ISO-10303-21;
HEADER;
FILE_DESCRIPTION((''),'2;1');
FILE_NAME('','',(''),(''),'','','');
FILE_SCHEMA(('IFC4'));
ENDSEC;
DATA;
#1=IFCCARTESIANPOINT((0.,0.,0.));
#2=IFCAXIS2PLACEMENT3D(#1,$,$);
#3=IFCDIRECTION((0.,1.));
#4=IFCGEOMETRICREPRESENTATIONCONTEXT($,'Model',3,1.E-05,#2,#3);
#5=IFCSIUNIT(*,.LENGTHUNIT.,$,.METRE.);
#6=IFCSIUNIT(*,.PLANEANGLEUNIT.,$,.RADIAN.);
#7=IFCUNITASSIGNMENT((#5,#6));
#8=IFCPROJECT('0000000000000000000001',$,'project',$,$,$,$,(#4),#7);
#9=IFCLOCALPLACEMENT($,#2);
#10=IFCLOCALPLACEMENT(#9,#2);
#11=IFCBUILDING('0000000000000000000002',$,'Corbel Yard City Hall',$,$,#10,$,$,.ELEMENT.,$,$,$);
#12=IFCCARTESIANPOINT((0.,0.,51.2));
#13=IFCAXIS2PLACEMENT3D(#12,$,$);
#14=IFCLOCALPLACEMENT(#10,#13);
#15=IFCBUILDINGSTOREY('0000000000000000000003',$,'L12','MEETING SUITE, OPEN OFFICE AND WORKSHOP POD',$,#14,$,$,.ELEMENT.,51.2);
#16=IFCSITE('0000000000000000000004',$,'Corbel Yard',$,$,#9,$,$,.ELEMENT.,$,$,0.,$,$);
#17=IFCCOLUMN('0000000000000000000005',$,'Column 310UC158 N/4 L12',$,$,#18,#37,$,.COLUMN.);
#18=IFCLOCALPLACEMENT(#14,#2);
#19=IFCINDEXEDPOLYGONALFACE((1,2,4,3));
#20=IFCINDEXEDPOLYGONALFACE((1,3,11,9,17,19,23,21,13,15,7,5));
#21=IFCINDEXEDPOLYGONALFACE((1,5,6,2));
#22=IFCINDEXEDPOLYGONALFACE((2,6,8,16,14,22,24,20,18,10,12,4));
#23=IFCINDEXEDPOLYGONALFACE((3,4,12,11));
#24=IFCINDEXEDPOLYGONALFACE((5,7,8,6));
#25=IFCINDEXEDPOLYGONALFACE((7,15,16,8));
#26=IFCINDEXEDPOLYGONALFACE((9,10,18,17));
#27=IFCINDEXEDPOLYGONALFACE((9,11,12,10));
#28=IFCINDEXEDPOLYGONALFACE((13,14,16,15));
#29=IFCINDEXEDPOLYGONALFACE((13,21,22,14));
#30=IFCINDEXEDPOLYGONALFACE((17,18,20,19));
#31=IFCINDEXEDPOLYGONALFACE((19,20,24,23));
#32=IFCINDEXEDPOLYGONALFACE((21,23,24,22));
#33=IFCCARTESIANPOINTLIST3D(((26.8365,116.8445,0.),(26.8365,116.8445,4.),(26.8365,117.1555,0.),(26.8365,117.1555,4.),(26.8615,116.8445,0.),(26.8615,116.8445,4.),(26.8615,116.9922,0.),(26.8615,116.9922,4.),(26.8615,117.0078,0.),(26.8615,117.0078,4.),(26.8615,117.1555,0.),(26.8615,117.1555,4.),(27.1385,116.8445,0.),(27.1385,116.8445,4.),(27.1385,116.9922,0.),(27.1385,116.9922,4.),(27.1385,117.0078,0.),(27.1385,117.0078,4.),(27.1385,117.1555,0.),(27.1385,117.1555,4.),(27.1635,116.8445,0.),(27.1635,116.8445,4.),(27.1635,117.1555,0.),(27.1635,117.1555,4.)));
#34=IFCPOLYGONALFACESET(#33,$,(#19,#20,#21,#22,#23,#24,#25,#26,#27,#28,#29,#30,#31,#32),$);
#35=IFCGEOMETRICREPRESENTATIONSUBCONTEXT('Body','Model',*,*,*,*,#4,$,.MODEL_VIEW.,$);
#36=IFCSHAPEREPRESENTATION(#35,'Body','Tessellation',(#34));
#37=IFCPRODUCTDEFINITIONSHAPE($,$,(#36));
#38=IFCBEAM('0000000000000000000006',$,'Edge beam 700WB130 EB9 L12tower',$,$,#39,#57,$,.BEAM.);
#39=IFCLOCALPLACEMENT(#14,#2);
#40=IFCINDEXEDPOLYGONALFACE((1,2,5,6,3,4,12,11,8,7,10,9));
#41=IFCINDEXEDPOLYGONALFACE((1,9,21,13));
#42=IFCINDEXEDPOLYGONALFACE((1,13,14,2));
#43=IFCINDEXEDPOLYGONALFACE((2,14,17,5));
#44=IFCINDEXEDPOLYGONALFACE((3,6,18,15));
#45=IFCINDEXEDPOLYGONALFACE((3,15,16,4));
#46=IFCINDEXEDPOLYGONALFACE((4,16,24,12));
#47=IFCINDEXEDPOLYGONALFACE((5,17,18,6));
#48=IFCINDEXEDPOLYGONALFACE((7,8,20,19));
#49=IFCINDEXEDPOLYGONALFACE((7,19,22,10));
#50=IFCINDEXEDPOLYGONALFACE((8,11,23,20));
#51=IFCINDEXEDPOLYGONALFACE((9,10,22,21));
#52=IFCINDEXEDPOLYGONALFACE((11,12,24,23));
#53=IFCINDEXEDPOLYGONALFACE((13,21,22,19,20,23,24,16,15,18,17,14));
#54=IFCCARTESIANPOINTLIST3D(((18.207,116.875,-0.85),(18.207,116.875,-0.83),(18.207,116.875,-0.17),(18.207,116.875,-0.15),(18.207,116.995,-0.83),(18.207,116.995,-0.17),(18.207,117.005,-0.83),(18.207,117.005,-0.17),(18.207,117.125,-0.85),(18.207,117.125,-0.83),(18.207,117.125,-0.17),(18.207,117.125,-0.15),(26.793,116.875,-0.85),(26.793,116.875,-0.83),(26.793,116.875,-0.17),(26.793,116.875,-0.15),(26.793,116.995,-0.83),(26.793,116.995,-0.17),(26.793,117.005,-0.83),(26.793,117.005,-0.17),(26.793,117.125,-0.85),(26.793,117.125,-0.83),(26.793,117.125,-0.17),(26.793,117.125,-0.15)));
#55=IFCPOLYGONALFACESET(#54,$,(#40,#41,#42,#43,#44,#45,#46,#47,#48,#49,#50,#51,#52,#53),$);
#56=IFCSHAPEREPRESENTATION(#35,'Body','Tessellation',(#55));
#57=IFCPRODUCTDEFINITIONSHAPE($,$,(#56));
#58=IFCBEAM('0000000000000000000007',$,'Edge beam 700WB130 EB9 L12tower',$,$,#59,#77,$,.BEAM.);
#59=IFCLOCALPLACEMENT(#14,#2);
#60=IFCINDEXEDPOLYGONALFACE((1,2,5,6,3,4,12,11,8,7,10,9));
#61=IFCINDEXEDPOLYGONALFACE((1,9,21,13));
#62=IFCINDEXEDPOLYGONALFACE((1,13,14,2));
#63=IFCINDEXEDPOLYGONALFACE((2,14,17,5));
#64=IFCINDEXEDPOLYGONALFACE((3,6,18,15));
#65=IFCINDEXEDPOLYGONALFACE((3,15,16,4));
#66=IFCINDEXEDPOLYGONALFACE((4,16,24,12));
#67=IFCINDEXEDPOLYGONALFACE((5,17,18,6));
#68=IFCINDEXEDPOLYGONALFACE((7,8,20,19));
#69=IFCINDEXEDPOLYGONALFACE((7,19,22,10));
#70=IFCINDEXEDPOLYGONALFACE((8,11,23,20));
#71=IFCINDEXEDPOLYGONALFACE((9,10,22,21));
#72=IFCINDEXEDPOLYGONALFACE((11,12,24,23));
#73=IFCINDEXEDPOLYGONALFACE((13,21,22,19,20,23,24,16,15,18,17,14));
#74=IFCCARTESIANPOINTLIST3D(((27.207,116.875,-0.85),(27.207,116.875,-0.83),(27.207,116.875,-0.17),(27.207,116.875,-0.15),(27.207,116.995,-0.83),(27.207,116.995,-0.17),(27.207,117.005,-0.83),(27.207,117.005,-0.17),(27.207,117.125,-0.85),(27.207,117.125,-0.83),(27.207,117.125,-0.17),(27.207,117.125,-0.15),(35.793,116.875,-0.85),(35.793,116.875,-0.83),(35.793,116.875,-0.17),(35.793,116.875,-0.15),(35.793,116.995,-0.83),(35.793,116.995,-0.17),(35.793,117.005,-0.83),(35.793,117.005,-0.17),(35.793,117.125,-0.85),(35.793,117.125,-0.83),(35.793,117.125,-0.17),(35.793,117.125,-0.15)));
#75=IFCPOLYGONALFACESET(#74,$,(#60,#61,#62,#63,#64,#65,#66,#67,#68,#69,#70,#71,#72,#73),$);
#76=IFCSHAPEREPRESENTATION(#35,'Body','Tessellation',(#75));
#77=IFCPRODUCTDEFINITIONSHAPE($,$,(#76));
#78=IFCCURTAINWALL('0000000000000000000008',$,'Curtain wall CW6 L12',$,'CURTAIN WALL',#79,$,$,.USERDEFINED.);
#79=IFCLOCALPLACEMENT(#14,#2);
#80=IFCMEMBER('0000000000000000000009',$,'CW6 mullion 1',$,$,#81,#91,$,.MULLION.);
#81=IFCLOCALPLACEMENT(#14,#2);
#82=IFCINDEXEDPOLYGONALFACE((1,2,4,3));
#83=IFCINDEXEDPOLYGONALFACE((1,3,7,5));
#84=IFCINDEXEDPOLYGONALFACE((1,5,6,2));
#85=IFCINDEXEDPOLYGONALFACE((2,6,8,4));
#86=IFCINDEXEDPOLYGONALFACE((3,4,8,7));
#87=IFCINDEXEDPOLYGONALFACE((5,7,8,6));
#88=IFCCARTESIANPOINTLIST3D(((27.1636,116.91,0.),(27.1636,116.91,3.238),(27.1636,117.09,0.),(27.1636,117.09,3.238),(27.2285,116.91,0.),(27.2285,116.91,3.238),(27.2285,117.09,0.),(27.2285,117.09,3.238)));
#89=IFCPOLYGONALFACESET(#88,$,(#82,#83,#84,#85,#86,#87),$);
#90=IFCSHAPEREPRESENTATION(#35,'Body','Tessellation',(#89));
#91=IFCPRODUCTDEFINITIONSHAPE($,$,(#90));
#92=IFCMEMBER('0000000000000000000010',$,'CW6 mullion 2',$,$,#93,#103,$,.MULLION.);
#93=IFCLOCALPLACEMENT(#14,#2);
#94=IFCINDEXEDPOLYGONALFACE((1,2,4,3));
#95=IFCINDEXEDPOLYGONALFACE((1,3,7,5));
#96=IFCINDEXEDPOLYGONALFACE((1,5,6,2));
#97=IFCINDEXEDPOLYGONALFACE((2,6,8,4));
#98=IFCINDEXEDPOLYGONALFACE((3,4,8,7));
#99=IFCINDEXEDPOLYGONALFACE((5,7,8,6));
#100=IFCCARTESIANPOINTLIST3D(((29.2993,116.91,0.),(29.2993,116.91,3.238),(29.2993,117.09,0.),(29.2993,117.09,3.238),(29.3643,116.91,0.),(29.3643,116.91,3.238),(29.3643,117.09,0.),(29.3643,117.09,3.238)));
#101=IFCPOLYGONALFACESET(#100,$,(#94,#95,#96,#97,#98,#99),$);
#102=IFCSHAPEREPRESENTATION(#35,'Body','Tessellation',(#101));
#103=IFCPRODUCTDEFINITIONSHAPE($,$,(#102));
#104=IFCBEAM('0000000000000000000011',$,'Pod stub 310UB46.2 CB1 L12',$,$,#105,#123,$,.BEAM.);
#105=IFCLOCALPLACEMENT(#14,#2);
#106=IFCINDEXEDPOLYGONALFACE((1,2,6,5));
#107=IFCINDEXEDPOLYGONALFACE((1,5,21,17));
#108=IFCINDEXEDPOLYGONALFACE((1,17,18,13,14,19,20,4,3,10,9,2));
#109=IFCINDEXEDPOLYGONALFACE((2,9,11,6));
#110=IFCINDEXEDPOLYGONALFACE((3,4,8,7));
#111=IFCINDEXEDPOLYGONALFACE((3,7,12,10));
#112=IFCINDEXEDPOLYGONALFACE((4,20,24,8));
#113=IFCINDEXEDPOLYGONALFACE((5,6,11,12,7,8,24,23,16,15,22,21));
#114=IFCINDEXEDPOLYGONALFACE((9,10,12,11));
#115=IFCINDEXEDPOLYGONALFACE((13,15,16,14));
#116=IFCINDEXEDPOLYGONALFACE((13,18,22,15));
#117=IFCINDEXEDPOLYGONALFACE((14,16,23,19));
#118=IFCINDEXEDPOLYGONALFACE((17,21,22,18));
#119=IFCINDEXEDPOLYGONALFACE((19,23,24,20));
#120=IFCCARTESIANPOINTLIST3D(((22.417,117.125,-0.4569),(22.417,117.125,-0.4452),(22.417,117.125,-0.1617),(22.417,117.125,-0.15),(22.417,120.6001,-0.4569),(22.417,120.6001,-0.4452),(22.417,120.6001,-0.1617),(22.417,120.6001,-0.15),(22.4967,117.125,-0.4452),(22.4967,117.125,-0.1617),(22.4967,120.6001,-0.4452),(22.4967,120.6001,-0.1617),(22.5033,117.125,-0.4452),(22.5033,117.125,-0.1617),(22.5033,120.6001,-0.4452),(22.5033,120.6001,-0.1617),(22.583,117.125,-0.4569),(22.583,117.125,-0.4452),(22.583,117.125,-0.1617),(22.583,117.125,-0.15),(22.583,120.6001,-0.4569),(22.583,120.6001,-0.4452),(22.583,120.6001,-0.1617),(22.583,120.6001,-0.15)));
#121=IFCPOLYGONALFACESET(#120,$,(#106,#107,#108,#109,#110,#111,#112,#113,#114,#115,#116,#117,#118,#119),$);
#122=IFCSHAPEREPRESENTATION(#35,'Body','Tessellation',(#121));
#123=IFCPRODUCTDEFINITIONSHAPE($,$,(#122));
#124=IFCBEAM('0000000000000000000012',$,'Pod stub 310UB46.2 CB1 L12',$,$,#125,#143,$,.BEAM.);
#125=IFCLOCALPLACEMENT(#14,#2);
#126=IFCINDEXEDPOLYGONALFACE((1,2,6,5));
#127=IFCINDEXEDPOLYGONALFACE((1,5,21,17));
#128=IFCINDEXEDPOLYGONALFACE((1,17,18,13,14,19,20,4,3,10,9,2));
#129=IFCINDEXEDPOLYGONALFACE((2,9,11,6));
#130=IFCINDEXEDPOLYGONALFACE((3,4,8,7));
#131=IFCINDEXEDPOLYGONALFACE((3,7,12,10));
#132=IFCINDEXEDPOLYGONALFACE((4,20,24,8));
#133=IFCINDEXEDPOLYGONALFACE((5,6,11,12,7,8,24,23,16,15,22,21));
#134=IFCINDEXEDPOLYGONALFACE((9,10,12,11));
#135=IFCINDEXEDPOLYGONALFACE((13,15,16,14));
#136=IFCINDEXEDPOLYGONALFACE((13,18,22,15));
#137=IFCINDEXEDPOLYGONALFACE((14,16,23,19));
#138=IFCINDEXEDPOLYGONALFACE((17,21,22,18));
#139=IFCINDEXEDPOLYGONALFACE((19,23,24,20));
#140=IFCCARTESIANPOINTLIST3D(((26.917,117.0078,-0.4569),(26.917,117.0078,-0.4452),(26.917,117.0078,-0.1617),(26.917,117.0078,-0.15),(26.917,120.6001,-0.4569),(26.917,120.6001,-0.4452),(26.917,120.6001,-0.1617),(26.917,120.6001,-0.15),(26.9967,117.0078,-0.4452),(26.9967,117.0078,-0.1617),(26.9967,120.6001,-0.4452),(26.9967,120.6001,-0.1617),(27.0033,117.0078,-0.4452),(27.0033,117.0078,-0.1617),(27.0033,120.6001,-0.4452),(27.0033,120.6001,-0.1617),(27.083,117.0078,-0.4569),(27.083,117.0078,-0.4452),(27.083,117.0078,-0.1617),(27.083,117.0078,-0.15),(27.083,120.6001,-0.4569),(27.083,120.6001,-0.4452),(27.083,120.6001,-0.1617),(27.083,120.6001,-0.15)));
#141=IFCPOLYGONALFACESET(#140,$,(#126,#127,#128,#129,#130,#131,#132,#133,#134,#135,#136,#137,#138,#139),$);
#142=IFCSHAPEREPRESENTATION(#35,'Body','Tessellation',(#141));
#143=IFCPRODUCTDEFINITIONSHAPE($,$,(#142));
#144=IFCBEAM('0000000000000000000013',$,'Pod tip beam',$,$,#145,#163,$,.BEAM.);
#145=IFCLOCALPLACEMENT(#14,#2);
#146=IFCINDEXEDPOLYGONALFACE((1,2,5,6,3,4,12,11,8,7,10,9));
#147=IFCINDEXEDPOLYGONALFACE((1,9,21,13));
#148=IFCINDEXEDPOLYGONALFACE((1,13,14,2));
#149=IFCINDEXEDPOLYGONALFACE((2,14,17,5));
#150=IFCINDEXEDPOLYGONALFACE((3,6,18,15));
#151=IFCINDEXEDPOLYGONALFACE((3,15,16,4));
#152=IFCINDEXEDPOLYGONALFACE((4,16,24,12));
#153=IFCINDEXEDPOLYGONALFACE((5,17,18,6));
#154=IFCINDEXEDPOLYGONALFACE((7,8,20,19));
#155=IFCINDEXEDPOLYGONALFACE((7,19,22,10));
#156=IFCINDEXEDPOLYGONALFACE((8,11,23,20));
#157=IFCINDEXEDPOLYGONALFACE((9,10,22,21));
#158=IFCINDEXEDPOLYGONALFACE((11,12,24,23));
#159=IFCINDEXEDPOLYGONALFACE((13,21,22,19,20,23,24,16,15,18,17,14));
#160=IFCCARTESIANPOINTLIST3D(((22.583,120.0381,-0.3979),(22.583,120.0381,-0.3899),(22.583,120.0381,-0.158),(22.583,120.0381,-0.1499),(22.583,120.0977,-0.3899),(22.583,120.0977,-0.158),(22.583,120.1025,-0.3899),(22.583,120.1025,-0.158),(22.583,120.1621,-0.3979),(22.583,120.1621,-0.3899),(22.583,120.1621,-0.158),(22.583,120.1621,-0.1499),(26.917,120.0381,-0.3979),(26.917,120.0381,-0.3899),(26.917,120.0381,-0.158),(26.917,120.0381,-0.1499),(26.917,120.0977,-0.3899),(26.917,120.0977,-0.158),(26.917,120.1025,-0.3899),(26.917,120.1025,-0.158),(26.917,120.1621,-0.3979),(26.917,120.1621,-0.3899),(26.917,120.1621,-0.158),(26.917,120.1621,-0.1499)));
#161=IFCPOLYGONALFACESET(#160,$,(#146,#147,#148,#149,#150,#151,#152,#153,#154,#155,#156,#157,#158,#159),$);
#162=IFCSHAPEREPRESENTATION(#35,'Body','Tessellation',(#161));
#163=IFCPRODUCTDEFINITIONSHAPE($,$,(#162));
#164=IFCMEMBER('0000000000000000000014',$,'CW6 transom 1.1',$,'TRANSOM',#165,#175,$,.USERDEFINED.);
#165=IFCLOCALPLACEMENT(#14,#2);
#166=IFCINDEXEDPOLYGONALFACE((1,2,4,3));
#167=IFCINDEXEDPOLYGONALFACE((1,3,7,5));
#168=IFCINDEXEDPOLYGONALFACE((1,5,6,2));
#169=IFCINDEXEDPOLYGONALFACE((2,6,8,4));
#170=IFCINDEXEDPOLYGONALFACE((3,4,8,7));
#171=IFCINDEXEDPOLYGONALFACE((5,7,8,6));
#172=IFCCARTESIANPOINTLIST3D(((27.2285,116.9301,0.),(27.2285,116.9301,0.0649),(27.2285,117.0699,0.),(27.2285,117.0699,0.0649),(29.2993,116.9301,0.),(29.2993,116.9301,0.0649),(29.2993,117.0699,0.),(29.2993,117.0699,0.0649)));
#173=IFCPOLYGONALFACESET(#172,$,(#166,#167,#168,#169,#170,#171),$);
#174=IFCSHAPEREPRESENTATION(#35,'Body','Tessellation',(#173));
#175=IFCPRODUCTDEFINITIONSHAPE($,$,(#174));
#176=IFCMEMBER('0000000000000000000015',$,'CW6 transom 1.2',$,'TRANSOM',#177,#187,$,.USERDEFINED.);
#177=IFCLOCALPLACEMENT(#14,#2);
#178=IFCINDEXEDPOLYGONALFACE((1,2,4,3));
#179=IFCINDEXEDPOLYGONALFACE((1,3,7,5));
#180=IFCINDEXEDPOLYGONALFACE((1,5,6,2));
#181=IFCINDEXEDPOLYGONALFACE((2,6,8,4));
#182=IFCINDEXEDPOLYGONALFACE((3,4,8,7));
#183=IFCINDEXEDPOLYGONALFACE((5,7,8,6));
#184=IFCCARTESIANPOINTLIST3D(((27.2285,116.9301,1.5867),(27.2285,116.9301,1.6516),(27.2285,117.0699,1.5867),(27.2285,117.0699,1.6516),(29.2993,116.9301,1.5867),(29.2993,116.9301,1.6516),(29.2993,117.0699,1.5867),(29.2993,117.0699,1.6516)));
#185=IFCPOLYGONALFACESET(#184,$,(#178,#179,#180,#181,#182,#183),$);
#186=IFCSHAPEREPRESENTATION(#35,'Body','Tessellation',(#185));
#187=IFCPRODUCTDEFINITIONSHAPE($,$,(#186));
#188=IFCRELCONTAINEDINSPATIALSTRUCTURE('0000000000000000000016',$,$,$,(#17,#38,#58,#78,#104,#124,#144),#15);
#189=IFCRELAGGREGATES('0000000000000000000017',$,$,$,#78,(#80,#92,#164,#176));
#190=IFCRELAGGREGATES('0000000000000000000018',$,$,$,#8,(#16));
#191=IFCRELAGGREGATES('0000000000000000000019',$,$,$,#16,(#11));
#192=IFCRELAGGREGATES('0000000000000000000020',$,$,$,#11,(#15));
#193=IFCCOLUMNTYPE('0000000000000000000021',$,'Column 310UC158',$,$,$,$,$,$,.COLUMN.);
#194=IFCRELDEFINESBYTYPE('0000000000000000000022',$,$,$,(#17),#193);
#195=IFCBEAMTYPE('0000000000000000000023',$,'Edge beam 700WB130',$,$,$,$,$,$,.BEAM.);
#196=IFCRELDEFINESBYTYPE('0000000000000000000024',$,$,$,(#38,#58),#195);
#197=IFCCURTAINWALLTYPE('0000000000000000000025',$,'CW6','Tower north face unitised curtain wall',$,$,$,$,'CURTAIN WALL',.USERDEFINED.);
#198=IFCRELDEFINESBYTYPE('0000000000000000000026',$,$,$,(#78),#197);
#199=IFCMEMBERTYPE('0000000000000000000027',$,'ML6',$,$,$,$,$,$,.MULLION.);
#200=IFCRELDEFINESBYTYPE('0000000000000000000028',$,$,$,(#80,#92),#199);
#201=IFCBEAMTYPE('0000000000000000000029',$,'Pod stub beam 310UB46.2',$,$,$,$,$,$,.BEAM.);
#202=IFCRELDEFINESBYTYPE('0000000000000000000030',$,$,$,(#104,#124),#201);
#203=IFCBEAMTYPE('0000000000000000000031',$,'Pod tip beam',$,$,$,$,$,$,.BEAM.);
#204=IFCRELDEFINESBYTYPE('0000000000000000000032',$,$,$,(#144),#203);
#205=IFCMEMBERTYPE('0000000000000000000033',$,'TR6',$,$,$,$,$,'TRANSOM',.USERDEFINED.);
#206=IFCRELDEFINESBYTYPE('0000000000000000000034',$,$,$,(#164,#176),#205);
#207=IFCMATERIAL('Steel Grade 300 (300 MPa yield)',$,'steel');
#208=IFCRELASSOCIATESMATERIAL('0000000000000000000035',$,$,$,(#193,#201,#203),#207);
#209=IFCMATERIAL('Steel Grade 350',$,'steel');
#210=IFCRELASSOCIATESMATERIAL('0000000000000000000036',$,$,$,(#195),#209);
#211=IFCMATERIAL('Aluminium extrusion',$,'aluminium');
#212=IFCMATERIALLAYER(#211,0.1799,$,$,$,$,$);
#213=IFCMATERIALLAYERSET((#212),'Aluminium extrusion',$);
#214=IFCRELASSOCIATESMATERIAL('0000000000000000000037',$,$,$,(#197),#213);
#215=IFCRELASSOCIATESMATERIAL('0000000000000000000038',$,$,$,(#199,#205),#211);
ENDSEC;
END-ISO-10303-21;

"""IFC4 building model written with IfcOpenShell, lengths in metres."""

from ifc_helpers import new_model, si_unit, direction, frame, origin, origin_2d, place, context, subcontext, project, spatial, rectangle, i_section, extrude, material, layer, layer_set, material_profile, profile_set, type_object, element, aggregate, save


model = new_model("IFC4")

# Units and contexts
model_context = context("Model", 3, precision=1e-05, world=origin(), true_north=direction((0.0, 1.0)))
body_context = subcontext(model_context, "Body", "Model", "MODEL_VIEW")
ifc_project = project(units=[si_unit("LENGTHUNIT", "METRE"), si_unit("PLANEANGLEUNIT", "RADIAN")], contexts=[model_context])

# Site, building, storey
site_placement = place(None, origin())
site = spatial("IfcSite", under=ifc_project, at=site_placement, Name="Corbel Yard", CompositionType="ELEMENT", RefElevation=0.0)
building_placement = place(site_placement, origin())
building = spatial("IfcBuilding", under=site, at=building_placement, Name="Corbel Yard City Hall", CompositionType="ELEMENT")
storey_placement = place(building_placement, frame((0.0, 0.0, 51.2)))
storey = spatial("IfcBuildingStorey", under=building, at=storey_placement, Name="L12", Description="MEETING SUITE, OPEN OFFICE AND WORKSHOP POD", CompositionType="ELEMENT", Elevation=51.2)

# Column
ifc_material_1 = material(Name="Steel Grade 300 (300 MPa yield)", Category="steel")
ifc_material_profile_1 = material_profile(ifc_material_1, i_section(OverallWidth=0.311, OverallDepth=0.3269, WebThickness=0.0156, FlangeThickness=0.0249, at=origin_2d()), Name="310UC158")
ifc_profile_set_1 = profile_set([ifc_material_profile_1], Name="Steel Grade 300 (300 MPa yield)")
column_type = type_object("IfcColumnType", Name="Column 310UC158", PredefinedType="COLUMN", material=ifc_profile_set_1)
column_placement = place(storey_placement, frame((27.0, 117.0, 0.0), z_axis=(0.0, 0.0, 1.0), x_axis=(0.0, 1.0, 0.0)))
element("IfcColumn", 1, at=column_placement, inside=storey, type_object=column_type, Name="Column 310UC158 N/4 L12", PredefinedType="COLUMN", context=body_context, shape_type="SweptSolid", body=[
    extrude(i_section(OverallWidth=0.311, OverallDepth=0.3269, WebThickness=0.0156, FlangeThickness=0.0249, at=origin_2d()), origin(), (0.0, 0.0, 1.0), 4.0),
])

# Beams
ifc_material_2 = material(Name="Steel Grade 350", Category="steel")
ifc_material_profile_2 = material_profile(ifc_material_2, i_section(OverallWidth=0.25, OverallDepth=0.7, WebThickness=0.01, FlangeThickness=0.02, at=origin_2d()), Name="700WB130")
ifc_profile_set_2 = profile_set([ifc_material_profile_2], Name="Steel Grade 350")
beam_type_1 = type_object("IfcBeamType", Name="Edge beam 700WB130", PredefinedType="BEAM", material=ifc_profile_set_2)
for number, where, z_axis, x_axis, name in (
    (2, (18.207, 117.0, -0.5), (1.0, 0.0, 0.0), (0.0, 1.0, 0.0), "Edge beam 700WB130 EB9 L12tower"),
    (3, (27.207, 117.0, -0.5), (1.0, 0.0, 0.0), (0.0, 1.0, 0.0), "Edge beam 700WB130 EB9 L12tower"),
):
    element("IfcBeam", number, at=place(storey_placement, frame(where, z_axis=z_axis, x_axis=x_axis)), inside=storey, type_object=beam_type_1, Name=name, PredefinedType="BEAM", context=body_context, shape_type="SweptSolid", body=[
        extrude(i_section(OverallWidth=0.25, OverallDepth=0.7, WebThickness=0.01, FlangeThickness=0.02, at=origin_2d()), origin(), (0.0, 0.0, 1.0), 8.5859),
    ])

# Curtain wall, members
ifc_material_3 = material(Name="Aluminium extrusion", Category="aluminium")
ifc_layer_1 = layer(ifc_material_3, 0.1799)
ifc_layer_set_1 = layer_set([ifc_layer_1], Name="Aluminium extrusion")
curtain_wall_type = type_object("IfcCurtainWallType", Name="CW6", Description="Tower north face unitised curtain wall", ElementType="CURTAIN WALL", PredefinedType="USERDEFINED", material=ifc_layer_set_1)
curtain_wall_placement = place(storey_placement, origin())
curtain_wall = element("IfcCurtainWall", 4, at=curtain_wall_placement, inside=storey, type_object=curtain_wall_type, Name="Curtain wall CW6 L12", ObjectType="CURTAIN WALL", PredefinedType="USERDEFINED")
ifc_material_profile_3 = material_profile(ifc_material_3, rectangle(XDim=0.1799, YDim=0.0649, at=origin_2d()), Name="180x65")
ifc_profile_set_3 = profile_set([ifc_material_profile_3], Name="Aluminium extrusion")
member_type_1 = type_object("IfcMemberType", Name="ML6", PredefinedType="MULLION", material=ifc_profile_set_3)
member_1_placement = place(storey_placement, frame((27.196, 117.0, 0.0), z_axis=(0.0, 0.0, 1.0), x_axis=(0.0, 1.0, 0.0)))
member_1 = element("IfcMember", 5, at=member_1_placement, type_object=member_type_1, Name="CW6 mullion 1", PredefinedType="MULLION", context=body_context, shape_type="SweptSolid", body=[
    extrude(rectangle(XDim=0.1799, YDim=0.0649, at=origin_2d()), origin(), (0.0, 0.0, 1.0), 3.238),
])
member_2_placement = place(storey_placement, frame((29.3318, 117.0, 0.0), z_axis=(0.0, 0.0, 1.0), x_axis=(0.0, 1.0, 0.0)))
member_2 = element("IfcMember", 6, at=member_2_placement, type_object=member_type_1, Name="CW6 mullion 2", PredefinedType="MULLION", context=body_context, shape_type="SweptSolid", body=[
    extrude(rectangle(XDim=0.1799, YDim=0.0649, at=origin_2d()), origin(), (0.0, 0.0, 1.0), 3.238),
])

# Beams
ifc_material_profile_4 = material_profile(ifc_material_1, i_section(OverallWidth=0.166, OverallDepth=0.3069, WebThickness=0.0066, FlangeThickness=0.0117, at=origin_2d()), Name="310UB46.2")
ifc_profile_set_4 = profile_set([ifc_material_profile_4], Name="Steel Grade 300 (300 MPa yield)")
beam_type_2 = type_object("IfcBeamType", Name="Pod stub beam 310UB46.2", PredefinedType="BEAM", material=ifc_profile_set_4)
beam_1_placement = place(storey_placement, frame((22.5, 117.125, -0.3035), z_axis=(0.0, 1.0, 0.0), x_axis=(-1.0, 0.0, 0.0)))
element("IfcBeam", 7, at=beam_1_placement, inside=storey, type_object=beam_type_2, Name="Pod stub 310UB46.2 CB1 L12", PredefinedType="BEAM", context=body_context, shape_type="SweptSolid", body=[
    extrude(i_section(OverallWidth=0.166, OverallDepth=0.3069, WebThickness=0.0066, FlangeThickness=0.0117, at=origin_2d()), origin(), (0.0, 0.0, 1.0), 3.4751),
])
beam_2_placement = place(storey_placement, frame((27.0, 117.0078, -0.3035), z_axis=(0.0, 1.0, 0.0), x_axis=(-1.0, 0.0, 0.0)))
element("IfcBeam", 8, at=beam_2_placement, inside=storey, type_object=beam_type_2, Name="Pod stub 310UB46.2 CB1 L12", PredefinedType="BEAM", context=body_context, shape_type="SweptSolid", body=[
    extrude(i_section(OverallWidth=0.166, OverallDepth=0.3069, WebThickness=0.0066, FlangeThickness=0.0117, at=origin_2d()), origin(), (0.0, 0.0, 1.0), 3.5923),
])
ifc_material_profile_5 = material_profile(ifc_material_1, i_section(OverallWidth=0.124, OverallDepth=0.248, WebThickness=0.0049, FlangeThickness=0.0081, at=origin_2d()), Name="250UB25.7")
ifc_profile_set_5 = profile_set([ifc_material_profile_5], Name="Steel Grade 300 (300 MPa yield)")
beam_type_3 = type_object("IfcBeamType", Name="Pod tip beam", PredefinedType="BEAM", material=ifc_profile_set_5)
beam_3_placement = place(storey_placement, frame((22.583, 120.1001, -0.2739), z_axis=(1.0, 0.0, 0.0), x_axis=(0.0, 1.0, 0.0)))
element("IfcBeam", 9, at=beam_3_placement, inside=storey, type_object=beam_type_3, Name="Pod tip beam", PredefinedType="BEAM", context=body_context, shape_type="SweptSolid", body=[
    extrude(i_section(OverallWidth=0.124, OverallDepth=0.248, WebThickness=0.0049, FlangeThickness=0.0081, at=origin_2d()), origin(), (0.0, 0.0, 1.0), 4.334),
])

# Members
ifc_material_profile_6 = material_profile(ifc_material_3, rectangle(XDim=0.1399, YDim=0.0649, at=origin_2d()), Name="140x65")
ifc_profile_set_6 = profile_set([ifc_material_profile_6], Name="Aluminium extrusion")
member_type_2 = type_object("IfcMemberType", Name="TR6", ElementType="TRANSOM", PredefinedType="USERDEFINED", material=ifc_profile_set_6)
member_3_placement = place(storey_placement, frame((27.2285, 117.0, 0.0325), z_axis=(1.0, 0.0, 0.0), x_axis=(0.0, 1.0, 0.0)))
member_3 = element("IfcMember", 10, at=member_3_placement, type_object=member_type_2, Name="CW6 transom 1.1", ObjectType="TRANSOM", PredefinedType="USERDEFINED", context=body_context, shape_type="SweptSolid", body=[
    extrude(rectangle(XDim=0.1399, YDim=0.0649, at=origin_2d()), origin(), (0.0, 0.0, 1.0), 2.0708),
])
member_4_placement = place(storey_placement, frame((27.2285, 117.0, 1.6191), z_axis=(1.0, 0.0, 0.0), x_axis=(0.0, 1.0, 0.0)))
member_4 = element("IfcMember", 11, at=member_4_placement, type_object=member_type_2, Name="CW6 transom 1.2", ObjectType="TRANSOM", PredefinedType="USERDEFINED", context=body_context, shape_type="SweptSolid", body=[
    extrude(rectangle(XDim=0.1399, YDim=0.0649, at=origin_2d()), origin(), (0.0, 0.0, 1.0), 2.0708),
])

aggregate(curtain_wall, [member_1, member_2, member_3, member_4])

save(model, "model.ifc")
